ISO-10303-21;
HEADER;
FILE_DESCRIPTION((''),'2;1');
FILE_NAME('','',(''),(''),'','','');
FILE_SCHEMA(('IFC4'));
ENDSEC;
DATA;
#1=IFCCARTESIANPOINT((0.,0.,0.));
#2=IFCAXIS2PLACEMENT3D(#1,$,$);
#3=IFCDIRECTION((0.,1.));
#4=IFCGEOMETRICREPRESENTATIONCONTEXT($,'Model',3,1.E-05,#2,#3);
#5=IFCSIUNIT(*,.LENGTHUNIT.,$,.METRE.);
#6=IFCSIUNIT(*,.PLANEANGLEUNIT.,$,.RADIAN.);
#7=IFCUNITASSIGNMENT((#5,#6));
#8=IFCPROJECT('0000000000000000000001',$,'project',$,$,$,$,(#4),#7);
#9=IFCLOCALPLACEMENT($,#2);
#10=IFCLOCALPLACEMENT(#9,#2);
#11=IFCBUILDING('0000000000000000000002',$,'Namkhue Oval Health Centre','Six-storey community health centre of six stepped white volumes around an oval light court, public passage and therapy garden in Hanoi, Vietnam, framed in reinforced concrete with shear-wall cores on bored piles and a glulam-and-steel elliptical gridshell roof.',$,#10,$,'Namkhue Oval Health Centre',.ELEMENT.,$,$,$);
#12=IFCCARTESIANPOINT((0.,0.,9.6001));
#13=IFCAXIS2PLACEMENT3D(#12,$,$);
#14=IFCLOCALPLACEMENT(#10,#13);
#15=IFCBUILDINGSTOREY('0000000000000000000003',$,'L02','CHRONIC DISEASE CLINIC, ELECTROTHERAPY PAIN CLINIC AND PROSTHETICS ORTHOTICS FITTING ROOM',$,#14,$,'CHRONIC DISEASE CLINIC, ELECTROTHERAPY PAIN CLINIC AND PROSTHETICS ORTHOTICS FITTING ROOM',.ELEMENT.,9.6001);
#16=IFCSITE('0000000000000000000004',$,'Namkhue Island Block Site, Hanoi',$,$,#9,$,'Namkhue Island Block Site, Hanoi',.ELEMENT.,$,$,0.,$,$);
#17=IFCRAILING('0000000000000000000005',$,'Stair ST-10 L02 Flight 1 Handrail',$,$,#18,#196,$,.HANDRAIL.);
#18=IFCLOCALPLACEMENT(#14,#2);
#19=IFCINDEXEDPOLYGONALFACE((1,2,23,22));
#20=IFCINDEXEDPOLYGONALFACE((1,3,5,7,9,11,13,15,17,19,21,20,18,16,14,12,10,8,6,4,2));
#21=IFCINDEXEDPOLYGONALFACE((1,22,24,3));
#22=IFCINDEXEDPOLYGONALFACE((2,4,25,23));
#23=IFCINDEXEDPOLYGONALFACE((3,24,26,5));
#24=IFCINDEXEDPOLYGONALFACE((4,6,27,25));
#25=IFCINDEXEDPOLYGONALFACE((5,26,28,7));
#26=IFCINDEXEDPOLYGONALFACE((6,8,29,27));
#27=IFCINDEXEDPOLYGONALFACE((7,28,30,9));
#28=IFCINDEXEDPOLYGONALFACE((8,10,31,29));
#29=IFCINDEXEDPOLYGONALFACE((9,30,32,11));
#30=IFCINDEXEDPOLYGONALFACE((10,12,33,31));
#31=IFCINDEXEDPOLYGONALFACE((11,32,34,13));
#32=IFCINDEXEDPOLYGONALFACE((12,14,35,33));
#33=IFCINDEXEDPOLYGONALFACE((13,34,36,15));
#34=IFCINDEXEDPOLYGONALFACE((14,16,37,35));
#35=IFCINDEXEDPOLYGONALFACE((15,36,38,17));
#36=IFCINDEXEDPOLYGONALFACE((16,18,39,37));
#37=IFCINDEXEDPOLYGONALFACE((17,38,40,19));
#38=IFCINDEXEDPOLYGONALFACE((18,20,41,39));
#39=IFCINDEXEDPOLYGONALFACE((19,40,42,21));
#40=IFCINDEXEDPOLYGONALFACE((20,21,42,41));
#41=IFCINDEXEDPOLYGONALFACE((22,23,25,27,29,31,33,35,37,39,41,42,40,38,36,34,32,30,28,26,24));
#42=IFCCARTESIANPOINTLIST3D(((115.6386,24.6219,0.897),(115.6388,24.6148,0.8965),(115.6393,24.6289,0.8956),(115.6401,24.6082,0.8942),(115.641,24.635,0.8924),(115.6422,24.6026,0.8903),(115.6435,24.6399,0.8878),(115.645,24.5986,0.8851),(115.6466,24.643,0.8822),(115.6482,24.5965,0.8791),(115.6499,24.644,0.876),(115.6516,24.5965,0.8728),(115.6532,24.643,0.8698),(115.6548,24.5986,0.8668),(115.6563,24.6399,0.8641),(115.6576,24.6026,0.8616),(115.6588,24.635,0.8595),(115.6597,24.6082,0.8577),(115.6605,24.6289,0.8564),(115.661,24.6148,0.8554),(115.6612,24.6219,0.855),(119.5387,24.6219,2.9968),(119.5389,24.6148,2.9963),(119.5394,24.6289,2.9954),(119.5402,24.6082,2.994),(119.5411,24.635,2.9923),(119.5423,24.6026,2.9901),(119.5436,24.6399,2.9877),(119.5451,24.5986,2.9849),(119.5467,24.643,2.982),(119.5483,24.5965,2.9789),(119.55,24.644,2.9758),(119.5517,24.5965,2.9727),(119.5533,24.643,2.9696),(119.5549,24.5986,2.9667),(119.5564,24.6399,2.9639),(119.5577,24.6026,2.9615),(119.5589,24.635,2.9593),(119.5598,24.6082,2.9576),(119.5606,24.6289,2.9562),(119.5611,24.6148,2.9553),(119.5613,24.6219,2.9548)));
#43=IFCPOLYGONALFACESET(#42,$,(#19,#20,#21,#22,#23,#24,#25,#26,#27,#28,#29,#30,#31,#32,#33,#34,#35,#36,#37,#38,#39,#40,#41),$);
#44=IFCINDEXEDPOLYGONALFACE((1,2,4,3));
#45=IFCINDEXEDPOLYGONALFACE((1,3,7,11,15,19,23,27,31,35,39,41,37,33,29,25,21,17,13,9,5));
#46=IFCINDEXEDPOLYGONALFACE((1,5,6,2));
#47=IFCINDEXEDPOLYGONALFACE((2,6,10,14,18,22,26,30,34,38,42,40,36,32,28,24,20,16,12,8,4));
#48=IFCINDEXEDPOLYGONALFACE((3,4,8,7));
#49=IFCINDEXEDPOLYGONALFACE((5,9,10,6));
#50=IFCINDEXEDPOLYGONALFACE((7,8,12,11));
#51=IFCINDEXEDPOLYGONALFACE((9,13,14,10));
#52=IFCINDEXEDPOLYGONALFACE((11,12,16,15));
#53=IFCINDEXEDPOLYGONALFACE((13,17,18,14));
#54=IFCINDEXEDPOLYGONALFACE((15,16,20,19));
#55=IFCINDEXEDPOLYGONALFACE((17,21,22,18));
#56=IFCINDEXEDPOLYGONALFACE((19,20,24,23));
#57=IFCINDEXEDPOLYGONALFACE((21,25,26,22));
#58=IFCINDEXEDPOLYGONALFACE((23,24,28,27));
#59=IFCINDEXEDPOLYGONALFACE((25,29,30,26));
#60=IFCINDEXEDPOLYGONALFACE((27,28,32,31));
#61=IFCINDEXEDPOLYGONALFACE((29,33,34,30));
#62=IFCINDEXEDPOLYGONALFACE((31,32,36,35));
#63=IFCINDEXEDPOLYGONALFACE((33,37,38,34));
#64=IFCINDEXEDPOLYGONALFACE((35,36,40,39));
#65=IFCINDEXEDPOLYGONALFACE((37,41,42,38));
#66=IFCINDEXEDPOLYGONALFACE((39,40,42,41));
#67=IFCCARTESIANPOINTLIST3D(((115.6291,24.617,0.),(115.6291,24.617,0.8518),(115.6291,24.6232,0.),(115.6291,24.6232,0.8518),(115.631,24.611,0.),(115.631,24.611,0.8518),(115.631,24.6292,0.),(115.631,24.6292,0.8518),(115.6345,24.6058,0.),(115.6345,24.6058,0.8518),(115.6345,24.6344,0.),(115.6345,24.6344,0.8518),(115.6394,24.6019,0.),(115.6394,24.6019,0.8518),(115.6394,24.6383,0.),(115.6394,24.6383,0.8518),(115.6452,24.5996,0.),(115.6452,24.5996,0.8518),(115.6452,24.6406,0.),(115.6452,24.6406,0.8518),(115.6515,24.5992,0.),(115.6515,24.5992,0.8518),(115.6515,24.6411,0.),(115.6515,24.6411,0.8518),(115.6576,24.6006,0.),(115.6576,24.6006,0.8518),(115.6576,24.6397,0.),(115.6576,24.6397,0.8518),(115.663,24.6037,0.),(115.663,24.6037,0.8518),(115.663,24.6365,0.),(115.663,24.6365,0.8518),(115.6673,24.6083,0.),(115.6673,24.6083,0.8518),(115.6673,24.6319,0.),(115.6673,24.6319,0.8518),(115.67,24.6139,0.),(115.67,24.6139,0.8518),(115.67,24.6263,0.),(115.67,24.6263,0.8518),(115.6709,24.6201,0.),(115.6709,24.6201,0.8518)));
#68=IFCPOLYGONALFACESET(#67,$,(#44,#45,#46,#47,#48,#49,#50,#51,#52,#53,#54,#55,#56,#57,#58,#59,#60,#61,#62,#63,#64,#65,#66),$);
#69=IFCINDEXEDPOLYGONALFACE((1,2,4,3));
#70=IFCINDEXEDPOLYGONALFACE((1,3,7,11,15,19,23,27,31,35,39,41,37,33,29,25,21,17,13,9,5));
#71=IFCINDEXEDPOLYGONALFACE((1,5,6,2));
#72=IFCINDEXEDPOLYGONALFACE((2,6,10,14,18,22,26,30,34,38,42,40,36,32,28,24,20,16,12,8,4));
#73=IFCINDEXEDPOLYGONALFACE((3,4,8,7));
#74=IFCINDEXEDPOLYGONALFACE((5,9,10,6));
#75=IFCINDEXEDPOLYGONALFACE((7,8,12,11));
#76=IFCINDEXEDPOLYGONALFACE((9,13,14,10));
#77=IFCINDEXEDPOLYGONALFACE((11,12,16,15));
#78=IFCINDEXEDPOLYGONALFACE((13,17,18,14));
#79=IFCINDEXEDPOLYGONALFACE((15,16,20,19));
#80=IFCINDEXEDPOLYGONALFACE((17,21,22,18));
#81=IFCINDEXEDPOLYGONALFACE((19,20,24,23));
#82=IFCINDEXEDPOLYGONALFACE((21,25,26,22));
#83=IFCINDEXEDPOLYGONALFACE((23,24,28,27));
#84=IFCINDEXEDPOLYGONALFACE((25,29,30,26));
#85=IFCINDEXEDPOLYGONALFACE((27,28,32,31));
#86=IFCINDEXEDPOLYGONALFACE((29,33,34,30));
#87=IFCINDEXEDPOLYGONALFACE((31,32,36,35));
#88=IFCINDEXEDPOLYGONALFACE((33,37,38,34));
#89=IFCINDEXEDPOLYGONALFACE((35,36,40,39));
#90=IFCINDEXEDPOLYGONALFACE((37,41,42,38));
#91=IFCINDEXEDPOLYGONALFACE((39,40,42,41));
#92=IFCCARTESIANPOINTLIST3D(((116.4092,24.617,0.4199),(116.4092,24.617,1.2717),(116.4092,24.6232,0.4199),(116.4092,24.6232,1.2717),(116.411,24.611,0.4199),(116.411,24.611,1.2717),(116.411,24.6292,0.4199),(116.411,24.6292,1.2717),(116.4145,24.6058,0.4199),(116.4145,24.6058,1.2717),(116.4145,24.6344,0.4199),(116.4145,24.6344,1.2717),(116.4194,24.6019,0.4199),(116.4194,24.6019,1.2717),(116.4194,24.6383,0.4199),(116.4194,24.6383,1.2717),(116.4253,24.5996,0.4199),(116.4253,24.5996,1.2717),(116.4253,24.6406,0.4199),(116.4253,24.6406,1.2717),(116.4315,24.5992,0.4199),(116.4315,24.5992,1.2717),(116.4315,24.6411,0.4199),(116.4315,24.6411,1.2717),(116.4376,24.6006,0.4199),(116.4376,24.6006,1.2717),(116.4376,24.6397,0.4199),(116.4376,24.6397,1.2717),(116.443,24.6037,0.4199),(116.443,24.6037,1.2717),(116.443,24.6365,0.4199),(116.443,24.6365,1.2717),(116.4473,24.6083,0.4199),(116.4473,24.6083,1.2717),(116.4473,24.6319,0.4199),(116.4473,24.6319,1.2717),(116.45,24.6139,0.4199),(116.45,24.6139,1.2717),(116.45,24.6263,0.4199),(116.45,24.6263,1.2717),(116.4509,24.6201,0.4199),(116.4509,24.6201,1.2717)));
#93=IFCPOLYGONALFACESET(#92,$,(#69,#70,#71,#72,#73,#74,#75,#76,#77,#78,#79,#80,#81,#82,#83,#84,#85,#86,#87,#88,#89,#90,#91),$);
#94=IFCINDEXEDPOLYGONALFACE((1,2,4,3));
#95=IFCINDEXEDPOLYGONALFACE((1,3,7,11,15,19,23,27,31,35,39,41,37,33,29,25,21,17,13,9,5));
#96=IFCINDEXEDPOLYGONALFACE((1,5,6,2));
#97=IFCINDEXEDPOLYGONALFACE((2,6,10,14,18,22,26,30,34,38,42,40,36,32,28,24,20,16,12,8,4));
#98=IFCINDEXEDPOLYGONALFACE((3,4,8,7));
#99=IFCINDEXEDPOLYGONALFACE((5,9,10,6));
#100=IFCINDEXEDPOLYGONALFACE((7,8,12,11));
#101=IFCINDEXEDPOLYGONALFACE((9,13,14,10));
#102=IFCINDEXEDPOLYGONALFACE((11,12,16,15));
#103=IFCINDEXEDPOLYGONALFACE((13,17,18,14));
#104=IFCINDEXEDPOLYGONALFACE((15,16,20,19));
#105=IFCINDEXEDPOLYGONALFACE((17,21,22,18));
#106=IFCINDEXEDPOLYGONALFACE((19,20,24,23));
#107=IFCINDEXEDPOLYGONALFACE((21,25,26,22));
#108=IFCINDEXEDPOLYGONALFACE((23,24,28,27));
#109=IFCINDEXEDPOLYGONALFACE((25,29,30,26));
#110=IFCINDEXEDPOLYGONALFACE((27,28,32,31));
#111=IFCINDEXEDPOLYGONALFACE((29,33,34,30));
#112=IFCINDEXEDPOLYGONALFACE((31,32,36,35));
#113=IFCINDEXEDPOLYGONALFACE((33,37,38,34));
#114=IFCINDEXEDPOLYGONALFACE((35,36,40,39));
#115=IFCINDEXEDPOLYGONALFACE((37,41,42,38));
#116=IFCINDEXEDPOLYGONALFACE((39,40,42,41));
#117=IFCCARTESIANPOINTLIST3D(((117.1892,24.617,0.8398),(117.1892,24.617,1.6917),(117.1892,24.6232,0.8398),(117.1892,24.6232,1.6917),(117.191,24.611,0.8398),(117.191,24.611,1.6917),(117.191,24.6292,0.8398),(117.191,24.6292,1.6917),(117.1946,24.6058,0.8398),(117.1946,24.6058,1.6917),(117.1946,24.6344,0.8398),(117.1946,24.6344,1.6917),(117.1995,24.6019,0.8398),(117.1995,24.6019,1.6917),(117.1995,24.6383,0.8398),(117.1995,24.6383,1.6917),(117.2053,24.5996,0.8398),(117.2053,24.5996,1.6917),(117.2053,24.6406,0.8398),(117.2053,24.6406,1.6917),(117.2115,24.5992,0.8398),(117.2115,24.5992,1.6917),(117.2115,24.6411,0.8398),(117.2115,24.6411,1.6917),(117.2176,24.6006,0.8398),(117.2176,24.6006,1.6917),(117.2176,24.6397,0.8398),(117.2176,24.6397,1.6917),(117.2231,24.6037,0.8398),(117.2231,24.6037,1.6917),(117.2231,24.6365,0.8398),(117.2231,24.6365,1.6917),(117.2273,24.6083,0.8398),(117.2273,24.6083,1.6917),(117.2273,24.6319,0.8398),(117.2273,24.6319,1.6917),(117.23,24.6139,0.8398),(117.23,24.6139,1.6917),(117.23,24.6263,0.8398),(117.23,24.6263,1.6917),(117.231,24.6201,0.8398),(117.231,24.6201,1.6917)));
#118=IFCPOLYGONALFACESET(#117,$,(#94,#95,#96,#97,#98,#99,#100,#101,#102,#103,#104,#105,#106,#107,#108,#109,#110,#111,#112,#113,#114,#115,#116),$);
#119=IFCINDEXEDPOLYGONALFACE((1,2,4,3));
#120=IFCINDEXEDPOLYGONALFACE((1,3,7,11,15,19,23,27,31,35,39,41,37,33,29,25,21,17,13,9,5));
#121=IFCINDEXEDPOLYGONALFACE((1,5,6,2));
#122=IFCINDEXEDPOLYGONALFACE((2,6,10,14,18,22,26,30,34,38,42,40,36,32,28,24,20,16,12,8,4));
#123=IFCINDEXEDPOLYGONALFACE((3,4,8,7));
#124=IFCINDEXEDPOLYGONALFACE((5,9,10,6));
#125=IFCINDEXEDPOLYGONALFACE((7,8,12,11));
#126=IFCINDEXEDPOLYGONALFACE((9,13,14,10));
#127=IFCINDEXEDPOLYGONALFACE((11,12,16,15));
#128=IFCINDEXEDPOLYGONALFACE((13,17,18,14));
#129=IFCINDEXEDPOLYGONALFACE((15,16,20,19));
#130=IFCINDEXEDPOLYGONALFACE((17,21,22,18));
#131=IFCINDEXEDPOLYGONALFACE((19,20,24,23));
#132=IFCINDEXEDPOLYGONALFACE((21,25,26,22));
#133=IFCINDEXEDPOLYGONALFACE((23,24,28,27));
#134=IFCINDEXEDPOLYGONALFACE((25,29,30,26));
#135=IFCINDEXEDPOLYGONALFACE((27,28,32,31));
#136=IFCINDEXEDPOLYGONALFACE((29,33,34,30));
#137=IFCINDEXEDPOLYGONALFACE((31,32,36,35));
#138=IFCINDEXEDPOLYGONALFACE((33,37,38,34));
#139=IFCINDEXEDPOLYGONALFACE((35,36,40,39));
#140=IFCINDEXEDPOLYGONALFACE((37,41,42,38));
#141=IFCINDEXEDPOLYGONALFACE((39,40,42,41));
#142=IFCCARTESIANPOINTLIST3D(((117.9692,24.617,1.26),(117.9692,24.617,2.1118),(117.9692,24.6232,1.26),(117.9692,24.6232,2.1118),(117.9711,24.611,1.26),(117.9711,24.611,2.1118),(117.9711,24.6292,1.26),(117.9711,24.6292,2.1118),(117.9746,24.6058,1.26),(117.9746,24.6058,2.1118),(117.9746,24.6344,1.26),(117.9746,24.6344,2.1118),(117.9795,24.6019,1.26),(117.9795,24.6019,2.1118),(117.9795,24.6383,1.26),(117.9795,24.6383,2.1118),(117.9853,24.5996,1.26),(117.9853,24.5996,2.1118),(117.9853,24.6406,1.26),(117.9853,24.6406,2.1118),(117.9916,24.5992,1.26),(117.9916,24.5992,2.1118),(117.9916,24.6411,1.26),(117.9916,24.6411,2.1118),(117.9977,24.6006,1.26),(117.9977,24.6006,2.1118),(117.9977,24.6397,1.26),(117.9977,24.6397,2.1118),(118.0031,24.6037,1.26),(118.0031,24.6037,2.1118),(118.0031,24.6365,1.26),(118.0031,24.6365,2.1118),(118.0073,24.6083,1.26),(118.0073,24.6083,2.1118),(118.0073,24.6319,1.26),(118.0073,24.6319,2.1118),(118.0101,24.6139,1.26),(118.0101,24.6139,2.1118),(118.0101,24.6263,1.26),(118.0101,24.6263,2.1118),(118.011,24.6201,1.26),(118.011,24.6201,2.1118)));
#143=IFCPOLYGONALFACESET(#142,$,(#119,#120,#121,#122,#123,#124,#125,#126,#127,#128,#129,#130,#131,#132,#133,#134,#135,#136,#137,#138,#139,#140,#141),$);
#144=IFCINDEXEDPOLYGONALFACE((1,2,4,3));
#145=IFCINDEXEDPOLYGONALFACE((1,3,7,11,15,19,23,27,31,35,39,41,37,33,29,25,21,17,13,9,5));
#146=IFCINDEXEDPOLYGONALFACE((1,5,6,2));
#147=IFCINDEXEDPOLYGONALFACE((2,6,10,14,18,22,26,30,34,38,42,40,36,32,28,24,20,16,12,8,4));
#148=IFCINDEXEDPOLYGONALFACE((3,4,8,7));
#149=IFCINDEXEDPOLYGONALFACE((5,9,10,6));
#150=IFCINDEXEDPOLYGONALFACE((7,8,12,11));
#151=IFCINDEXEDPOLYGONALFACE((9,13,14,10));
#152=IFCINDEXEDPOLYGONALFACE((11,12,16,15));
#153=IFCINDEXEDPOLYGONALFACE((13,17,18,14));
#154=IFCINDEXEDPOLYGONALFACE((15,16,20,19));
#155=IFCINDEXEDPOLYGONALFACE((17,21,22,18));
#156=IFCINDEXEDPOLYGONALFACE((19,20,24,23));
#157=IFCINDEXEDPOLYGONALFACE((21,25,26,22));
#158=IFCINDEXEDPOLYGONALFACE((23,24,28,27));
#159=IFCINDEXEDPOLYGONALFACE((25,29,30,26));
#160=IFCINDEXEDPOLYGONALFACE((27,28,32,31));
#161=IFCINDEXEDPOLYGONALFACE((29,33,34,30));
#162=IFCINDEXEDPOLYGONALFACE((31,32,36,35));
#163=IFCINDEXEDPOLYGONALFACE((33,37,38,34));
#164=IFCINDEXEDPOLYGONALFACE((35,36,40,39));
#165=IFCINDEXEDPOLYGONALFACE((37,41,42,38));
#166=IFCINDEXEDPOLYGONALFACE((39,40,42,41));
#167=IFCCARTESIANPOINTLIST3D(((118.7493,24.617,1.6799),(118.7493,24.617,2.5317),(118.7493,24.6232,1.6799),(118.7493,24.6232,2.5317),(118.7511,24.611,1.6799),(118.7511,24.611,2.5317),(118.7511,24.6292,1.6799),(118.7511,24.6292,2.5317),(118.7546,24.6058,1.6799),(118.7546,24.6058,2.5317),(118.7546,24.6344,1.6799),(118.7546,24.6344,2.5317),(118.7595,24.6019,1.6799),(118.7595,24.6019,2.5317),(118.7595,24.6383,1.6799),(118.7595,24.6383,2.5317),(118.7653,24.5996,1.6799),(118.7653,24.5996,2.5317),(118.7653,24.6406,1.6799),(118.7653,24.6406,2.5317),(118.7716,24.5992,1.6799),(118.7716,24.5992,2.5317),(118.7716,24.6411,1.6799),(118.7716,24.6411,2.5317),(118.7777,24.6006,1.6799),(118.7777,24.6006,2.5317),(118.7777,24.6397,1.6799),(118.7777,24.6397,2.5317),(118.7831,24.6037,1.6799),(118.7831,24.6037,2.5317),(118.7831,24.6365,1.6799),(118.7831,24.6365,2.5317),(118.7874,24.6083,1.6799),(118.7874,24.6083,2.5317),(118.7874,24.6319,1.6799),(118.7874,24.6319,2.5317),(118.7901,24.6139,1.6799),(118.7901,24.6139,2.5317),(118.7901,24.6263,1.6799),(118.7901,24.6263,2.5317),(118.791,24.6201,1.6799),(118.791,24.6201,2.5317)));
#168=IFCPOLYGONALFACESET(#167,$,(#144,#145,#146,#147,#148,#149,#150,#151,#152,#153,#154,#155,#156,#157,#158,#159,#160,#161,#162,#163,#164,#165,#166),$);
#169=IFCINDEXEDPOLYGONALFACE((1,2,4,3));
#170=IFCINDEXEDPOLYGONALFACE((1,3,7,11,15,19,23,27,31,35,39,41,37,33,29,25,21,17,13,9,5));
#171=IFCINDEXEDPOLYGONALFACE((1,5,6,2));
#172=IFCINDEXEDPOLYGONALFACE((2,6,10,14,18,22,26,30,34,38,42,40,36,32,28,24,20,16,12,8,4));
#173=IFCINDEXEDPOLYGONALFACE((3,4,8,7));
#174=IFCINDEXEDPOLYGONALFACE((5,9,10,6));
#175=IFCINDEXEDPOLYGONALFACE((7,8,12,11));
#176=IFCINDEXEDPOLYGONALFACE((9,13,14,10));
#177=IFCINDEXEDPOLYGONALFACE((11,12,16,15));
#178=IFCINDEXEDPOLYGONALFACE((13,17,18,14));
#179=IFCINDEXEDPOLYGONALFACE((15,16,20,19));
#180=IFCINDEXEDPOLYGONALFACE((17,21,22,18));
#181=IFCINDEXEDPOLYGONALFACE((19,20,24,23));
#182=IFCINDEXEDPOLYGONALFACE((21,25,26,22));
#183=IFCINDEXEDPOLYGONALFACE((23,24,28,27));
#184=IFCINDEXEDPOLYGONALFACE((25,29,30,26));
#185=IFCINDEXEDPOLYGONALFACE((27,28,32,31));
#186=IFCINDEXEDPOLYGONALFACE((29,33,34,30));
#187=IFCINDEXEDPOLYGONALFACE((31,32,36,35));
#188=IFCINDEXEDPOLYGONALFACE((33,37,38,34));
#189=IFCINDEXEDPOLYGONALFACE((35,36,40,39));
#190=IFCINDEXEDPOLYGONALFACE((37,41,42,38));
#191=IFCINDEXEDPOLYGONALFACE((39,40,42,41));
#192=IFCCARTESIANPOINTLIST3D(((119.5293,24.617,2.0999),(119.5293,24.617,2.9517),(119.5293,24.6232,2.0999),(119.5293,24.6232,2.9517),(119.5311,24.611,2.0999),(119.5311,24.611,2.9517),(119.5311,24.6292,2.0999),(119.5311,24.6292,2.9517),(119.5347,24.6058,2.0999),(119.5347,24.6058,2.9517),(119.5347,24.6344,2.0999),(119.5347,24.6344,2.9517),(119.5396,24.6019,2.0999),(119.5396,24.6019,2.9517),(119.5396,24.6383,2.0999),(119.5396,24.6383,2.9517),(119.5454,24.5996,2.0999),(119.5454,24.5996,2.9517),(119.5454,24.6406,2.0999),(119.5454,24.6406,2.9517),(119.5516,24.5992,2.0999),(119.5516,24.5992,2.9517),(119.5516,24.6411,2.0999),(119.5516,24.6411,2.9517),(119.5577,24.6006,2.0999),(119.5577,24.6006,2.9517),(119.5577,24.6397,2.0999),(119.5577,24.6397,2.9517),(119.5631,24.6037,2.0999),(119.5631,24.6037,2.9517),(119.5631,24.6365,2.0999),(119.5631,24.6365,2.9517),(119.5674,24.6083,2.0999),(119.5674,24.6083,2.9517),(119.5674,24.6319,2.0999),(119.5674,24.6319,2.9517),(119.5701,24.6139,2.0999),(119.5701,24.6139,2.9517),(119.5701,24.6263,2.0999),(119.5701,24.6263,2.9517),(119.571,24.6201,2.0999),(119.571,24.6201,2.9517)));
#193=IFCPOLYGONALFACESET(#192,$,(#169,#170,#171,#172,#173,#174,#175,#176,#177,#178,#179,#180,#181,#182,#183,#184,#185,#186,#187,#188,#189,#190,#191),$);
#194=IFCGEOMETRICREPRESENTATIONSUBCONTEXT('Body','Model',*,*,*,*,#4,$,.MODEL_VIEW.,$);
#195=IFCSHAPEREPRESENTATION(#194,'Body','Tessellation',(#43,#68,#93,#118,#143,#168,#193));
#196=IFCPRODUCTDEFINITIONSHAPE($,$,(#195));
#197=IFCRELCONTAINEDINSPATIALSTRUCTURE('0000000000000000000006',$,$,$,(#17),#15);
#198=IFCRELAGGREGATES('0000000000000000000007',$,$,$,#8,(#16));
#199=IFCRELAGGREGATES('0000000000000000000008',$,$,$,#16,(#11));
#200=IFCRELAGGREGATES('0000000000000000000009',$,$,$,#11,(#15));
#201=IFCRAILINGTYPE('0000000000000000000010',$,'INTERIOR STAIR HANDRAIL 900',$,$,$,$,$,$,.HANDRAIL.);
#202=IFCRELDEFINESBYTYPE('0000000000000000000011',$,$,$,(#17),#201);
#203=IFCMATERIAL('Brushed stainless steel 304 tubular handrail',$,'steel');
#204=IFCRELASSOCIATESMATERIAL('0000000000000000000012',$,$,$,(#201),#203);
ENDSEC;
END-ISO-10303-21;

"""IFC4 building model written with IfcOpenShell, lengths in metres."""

from ifc_helpers import new_model, si_unit, direction, frame, origin, origin_2d, place, context, subcontext, project, spatial, circle, extrude, material, type_object, element, save


model = new_model("IFC4")

# Units and contexts
model_context = context("Model", 3, precision=1e-05, world=origin(), true_north=direction((0.0, 1.0)))
body_context = subcontext(model_context, "Body", "Model", "MODEL_VIEW")
ifc_project = project(units=[si_unit("LENGTHUNIT", "METRE"), si_unit("PLANEANGLEUNIT", "RADIAN")], contexts=[model_context])

# Site, building, storey
site_placement = place(None, origin())
site = spatial("IfcSite", under=ifc_project, at=site_placement, Name="Namkhue Island Block Site, Hanoi", LongName="Namkhue Island Block Site, Hanoi", CompositionType="ELEMENT", RefElevation=0.0)
building_placement = place(site_placement, origin())
building = spatial("IfcBuilding", under=site, at=building_placement, Name="Namkhue Oval Health Centre", Description="Six-storey community health centre of six stepped white volumes around an oval light court, public passage and therapy garden in Hanoi, Vietnam, framed in reinforced concrete with shear-wall cores on bored piles and a glulam-and-steel elliptical gridshell roof.", LongName="Namkhue Oval Health Centre", CompositionType="ELEMENT")
storey_placement = place(building_placement, frame((0.0, 0.0, 9.6001)))
storey = spatial("IfcBuildingStorey", under=building, at=storey_placement, Name="L02", Description="CHRONIC DISEASE CLINIC, ELECTROTHERAPY PAIN CLINIC AND PROSTHETICS ORTHOTICS FITTING ROOM", LongName="CHRONIC DISEASE CLINIC, ELECTROTHERAPY PAIN CLINIC AND PROSTHETICS ORTHOTICS FITTING ROOM", CompositionType="ELEMENT", Elevation=9.6001)

# Railing
ifc_material_1 = material(Name="Brushed stainless steel 304 tubular handrail", Category="steel")
railing_type_1 = type_object("IfcRailingType", Name="INTERIOR STAIR HANDRAIL 900", PredefinedType="HANDRAIL", material=ifc_material_1)
railing_1_placement = place(storey_placement, frame((115.6499, 24.6201, 0.0)))
element("IfcRailing", 1, at=railing_1_placement, inside=storey, type_object=railing_type_1, Name="Stair ST-10 L02 Flight 1 Handrail", PredefinedType="HANDRAIL", context=body_context, shape_type="SweptSolid", body=[
    extrude(circle(Radius=0.0239, at=origin_2d()), frame((0.0, 0.0, 0.876), z_axis=(0.880492, 0.0, 0.47406), x_axis=(0.0, 1.0, 0.0)), (0.0, 0.0, 1.0), 4.4294),
    extrude(circle(Radius=0.021, at=origin_2d()), origin(), (0.0, 0.0, 1.0), 0.8518),
    extrude(circle(Radius=0.021, at=origin_2d()), frame((0.78, 0.0, 0.4199)), (0.0, 0.0, 1.0), 0.8518),
    extrude(circle(Radius=0.021, at=origin_2d()), frame((1.5601, 0.0, 0.8398)), (0.0, 0.0, 1.0), 0.8518),
    extrude(circle(Radius=0.021, at=origin_2d()), frame((2.3401, 0.0, 1.26)), (0.0, 0.0, 1.0), 0.8518),
    extrude(circle(Radius=0.021, at=origin_2d()), frame((3.1201, 0.0, 1.6799)), (0.0, 0.0, 1.0), 0.8518),
    extrude(circle(Radius=0.021, at=origin_2d()), frame((3.9001, 0.0, 2.0999)), (0.0, 0.0, 1.0), 0.8518),
])

save(model, "model.ifc")
